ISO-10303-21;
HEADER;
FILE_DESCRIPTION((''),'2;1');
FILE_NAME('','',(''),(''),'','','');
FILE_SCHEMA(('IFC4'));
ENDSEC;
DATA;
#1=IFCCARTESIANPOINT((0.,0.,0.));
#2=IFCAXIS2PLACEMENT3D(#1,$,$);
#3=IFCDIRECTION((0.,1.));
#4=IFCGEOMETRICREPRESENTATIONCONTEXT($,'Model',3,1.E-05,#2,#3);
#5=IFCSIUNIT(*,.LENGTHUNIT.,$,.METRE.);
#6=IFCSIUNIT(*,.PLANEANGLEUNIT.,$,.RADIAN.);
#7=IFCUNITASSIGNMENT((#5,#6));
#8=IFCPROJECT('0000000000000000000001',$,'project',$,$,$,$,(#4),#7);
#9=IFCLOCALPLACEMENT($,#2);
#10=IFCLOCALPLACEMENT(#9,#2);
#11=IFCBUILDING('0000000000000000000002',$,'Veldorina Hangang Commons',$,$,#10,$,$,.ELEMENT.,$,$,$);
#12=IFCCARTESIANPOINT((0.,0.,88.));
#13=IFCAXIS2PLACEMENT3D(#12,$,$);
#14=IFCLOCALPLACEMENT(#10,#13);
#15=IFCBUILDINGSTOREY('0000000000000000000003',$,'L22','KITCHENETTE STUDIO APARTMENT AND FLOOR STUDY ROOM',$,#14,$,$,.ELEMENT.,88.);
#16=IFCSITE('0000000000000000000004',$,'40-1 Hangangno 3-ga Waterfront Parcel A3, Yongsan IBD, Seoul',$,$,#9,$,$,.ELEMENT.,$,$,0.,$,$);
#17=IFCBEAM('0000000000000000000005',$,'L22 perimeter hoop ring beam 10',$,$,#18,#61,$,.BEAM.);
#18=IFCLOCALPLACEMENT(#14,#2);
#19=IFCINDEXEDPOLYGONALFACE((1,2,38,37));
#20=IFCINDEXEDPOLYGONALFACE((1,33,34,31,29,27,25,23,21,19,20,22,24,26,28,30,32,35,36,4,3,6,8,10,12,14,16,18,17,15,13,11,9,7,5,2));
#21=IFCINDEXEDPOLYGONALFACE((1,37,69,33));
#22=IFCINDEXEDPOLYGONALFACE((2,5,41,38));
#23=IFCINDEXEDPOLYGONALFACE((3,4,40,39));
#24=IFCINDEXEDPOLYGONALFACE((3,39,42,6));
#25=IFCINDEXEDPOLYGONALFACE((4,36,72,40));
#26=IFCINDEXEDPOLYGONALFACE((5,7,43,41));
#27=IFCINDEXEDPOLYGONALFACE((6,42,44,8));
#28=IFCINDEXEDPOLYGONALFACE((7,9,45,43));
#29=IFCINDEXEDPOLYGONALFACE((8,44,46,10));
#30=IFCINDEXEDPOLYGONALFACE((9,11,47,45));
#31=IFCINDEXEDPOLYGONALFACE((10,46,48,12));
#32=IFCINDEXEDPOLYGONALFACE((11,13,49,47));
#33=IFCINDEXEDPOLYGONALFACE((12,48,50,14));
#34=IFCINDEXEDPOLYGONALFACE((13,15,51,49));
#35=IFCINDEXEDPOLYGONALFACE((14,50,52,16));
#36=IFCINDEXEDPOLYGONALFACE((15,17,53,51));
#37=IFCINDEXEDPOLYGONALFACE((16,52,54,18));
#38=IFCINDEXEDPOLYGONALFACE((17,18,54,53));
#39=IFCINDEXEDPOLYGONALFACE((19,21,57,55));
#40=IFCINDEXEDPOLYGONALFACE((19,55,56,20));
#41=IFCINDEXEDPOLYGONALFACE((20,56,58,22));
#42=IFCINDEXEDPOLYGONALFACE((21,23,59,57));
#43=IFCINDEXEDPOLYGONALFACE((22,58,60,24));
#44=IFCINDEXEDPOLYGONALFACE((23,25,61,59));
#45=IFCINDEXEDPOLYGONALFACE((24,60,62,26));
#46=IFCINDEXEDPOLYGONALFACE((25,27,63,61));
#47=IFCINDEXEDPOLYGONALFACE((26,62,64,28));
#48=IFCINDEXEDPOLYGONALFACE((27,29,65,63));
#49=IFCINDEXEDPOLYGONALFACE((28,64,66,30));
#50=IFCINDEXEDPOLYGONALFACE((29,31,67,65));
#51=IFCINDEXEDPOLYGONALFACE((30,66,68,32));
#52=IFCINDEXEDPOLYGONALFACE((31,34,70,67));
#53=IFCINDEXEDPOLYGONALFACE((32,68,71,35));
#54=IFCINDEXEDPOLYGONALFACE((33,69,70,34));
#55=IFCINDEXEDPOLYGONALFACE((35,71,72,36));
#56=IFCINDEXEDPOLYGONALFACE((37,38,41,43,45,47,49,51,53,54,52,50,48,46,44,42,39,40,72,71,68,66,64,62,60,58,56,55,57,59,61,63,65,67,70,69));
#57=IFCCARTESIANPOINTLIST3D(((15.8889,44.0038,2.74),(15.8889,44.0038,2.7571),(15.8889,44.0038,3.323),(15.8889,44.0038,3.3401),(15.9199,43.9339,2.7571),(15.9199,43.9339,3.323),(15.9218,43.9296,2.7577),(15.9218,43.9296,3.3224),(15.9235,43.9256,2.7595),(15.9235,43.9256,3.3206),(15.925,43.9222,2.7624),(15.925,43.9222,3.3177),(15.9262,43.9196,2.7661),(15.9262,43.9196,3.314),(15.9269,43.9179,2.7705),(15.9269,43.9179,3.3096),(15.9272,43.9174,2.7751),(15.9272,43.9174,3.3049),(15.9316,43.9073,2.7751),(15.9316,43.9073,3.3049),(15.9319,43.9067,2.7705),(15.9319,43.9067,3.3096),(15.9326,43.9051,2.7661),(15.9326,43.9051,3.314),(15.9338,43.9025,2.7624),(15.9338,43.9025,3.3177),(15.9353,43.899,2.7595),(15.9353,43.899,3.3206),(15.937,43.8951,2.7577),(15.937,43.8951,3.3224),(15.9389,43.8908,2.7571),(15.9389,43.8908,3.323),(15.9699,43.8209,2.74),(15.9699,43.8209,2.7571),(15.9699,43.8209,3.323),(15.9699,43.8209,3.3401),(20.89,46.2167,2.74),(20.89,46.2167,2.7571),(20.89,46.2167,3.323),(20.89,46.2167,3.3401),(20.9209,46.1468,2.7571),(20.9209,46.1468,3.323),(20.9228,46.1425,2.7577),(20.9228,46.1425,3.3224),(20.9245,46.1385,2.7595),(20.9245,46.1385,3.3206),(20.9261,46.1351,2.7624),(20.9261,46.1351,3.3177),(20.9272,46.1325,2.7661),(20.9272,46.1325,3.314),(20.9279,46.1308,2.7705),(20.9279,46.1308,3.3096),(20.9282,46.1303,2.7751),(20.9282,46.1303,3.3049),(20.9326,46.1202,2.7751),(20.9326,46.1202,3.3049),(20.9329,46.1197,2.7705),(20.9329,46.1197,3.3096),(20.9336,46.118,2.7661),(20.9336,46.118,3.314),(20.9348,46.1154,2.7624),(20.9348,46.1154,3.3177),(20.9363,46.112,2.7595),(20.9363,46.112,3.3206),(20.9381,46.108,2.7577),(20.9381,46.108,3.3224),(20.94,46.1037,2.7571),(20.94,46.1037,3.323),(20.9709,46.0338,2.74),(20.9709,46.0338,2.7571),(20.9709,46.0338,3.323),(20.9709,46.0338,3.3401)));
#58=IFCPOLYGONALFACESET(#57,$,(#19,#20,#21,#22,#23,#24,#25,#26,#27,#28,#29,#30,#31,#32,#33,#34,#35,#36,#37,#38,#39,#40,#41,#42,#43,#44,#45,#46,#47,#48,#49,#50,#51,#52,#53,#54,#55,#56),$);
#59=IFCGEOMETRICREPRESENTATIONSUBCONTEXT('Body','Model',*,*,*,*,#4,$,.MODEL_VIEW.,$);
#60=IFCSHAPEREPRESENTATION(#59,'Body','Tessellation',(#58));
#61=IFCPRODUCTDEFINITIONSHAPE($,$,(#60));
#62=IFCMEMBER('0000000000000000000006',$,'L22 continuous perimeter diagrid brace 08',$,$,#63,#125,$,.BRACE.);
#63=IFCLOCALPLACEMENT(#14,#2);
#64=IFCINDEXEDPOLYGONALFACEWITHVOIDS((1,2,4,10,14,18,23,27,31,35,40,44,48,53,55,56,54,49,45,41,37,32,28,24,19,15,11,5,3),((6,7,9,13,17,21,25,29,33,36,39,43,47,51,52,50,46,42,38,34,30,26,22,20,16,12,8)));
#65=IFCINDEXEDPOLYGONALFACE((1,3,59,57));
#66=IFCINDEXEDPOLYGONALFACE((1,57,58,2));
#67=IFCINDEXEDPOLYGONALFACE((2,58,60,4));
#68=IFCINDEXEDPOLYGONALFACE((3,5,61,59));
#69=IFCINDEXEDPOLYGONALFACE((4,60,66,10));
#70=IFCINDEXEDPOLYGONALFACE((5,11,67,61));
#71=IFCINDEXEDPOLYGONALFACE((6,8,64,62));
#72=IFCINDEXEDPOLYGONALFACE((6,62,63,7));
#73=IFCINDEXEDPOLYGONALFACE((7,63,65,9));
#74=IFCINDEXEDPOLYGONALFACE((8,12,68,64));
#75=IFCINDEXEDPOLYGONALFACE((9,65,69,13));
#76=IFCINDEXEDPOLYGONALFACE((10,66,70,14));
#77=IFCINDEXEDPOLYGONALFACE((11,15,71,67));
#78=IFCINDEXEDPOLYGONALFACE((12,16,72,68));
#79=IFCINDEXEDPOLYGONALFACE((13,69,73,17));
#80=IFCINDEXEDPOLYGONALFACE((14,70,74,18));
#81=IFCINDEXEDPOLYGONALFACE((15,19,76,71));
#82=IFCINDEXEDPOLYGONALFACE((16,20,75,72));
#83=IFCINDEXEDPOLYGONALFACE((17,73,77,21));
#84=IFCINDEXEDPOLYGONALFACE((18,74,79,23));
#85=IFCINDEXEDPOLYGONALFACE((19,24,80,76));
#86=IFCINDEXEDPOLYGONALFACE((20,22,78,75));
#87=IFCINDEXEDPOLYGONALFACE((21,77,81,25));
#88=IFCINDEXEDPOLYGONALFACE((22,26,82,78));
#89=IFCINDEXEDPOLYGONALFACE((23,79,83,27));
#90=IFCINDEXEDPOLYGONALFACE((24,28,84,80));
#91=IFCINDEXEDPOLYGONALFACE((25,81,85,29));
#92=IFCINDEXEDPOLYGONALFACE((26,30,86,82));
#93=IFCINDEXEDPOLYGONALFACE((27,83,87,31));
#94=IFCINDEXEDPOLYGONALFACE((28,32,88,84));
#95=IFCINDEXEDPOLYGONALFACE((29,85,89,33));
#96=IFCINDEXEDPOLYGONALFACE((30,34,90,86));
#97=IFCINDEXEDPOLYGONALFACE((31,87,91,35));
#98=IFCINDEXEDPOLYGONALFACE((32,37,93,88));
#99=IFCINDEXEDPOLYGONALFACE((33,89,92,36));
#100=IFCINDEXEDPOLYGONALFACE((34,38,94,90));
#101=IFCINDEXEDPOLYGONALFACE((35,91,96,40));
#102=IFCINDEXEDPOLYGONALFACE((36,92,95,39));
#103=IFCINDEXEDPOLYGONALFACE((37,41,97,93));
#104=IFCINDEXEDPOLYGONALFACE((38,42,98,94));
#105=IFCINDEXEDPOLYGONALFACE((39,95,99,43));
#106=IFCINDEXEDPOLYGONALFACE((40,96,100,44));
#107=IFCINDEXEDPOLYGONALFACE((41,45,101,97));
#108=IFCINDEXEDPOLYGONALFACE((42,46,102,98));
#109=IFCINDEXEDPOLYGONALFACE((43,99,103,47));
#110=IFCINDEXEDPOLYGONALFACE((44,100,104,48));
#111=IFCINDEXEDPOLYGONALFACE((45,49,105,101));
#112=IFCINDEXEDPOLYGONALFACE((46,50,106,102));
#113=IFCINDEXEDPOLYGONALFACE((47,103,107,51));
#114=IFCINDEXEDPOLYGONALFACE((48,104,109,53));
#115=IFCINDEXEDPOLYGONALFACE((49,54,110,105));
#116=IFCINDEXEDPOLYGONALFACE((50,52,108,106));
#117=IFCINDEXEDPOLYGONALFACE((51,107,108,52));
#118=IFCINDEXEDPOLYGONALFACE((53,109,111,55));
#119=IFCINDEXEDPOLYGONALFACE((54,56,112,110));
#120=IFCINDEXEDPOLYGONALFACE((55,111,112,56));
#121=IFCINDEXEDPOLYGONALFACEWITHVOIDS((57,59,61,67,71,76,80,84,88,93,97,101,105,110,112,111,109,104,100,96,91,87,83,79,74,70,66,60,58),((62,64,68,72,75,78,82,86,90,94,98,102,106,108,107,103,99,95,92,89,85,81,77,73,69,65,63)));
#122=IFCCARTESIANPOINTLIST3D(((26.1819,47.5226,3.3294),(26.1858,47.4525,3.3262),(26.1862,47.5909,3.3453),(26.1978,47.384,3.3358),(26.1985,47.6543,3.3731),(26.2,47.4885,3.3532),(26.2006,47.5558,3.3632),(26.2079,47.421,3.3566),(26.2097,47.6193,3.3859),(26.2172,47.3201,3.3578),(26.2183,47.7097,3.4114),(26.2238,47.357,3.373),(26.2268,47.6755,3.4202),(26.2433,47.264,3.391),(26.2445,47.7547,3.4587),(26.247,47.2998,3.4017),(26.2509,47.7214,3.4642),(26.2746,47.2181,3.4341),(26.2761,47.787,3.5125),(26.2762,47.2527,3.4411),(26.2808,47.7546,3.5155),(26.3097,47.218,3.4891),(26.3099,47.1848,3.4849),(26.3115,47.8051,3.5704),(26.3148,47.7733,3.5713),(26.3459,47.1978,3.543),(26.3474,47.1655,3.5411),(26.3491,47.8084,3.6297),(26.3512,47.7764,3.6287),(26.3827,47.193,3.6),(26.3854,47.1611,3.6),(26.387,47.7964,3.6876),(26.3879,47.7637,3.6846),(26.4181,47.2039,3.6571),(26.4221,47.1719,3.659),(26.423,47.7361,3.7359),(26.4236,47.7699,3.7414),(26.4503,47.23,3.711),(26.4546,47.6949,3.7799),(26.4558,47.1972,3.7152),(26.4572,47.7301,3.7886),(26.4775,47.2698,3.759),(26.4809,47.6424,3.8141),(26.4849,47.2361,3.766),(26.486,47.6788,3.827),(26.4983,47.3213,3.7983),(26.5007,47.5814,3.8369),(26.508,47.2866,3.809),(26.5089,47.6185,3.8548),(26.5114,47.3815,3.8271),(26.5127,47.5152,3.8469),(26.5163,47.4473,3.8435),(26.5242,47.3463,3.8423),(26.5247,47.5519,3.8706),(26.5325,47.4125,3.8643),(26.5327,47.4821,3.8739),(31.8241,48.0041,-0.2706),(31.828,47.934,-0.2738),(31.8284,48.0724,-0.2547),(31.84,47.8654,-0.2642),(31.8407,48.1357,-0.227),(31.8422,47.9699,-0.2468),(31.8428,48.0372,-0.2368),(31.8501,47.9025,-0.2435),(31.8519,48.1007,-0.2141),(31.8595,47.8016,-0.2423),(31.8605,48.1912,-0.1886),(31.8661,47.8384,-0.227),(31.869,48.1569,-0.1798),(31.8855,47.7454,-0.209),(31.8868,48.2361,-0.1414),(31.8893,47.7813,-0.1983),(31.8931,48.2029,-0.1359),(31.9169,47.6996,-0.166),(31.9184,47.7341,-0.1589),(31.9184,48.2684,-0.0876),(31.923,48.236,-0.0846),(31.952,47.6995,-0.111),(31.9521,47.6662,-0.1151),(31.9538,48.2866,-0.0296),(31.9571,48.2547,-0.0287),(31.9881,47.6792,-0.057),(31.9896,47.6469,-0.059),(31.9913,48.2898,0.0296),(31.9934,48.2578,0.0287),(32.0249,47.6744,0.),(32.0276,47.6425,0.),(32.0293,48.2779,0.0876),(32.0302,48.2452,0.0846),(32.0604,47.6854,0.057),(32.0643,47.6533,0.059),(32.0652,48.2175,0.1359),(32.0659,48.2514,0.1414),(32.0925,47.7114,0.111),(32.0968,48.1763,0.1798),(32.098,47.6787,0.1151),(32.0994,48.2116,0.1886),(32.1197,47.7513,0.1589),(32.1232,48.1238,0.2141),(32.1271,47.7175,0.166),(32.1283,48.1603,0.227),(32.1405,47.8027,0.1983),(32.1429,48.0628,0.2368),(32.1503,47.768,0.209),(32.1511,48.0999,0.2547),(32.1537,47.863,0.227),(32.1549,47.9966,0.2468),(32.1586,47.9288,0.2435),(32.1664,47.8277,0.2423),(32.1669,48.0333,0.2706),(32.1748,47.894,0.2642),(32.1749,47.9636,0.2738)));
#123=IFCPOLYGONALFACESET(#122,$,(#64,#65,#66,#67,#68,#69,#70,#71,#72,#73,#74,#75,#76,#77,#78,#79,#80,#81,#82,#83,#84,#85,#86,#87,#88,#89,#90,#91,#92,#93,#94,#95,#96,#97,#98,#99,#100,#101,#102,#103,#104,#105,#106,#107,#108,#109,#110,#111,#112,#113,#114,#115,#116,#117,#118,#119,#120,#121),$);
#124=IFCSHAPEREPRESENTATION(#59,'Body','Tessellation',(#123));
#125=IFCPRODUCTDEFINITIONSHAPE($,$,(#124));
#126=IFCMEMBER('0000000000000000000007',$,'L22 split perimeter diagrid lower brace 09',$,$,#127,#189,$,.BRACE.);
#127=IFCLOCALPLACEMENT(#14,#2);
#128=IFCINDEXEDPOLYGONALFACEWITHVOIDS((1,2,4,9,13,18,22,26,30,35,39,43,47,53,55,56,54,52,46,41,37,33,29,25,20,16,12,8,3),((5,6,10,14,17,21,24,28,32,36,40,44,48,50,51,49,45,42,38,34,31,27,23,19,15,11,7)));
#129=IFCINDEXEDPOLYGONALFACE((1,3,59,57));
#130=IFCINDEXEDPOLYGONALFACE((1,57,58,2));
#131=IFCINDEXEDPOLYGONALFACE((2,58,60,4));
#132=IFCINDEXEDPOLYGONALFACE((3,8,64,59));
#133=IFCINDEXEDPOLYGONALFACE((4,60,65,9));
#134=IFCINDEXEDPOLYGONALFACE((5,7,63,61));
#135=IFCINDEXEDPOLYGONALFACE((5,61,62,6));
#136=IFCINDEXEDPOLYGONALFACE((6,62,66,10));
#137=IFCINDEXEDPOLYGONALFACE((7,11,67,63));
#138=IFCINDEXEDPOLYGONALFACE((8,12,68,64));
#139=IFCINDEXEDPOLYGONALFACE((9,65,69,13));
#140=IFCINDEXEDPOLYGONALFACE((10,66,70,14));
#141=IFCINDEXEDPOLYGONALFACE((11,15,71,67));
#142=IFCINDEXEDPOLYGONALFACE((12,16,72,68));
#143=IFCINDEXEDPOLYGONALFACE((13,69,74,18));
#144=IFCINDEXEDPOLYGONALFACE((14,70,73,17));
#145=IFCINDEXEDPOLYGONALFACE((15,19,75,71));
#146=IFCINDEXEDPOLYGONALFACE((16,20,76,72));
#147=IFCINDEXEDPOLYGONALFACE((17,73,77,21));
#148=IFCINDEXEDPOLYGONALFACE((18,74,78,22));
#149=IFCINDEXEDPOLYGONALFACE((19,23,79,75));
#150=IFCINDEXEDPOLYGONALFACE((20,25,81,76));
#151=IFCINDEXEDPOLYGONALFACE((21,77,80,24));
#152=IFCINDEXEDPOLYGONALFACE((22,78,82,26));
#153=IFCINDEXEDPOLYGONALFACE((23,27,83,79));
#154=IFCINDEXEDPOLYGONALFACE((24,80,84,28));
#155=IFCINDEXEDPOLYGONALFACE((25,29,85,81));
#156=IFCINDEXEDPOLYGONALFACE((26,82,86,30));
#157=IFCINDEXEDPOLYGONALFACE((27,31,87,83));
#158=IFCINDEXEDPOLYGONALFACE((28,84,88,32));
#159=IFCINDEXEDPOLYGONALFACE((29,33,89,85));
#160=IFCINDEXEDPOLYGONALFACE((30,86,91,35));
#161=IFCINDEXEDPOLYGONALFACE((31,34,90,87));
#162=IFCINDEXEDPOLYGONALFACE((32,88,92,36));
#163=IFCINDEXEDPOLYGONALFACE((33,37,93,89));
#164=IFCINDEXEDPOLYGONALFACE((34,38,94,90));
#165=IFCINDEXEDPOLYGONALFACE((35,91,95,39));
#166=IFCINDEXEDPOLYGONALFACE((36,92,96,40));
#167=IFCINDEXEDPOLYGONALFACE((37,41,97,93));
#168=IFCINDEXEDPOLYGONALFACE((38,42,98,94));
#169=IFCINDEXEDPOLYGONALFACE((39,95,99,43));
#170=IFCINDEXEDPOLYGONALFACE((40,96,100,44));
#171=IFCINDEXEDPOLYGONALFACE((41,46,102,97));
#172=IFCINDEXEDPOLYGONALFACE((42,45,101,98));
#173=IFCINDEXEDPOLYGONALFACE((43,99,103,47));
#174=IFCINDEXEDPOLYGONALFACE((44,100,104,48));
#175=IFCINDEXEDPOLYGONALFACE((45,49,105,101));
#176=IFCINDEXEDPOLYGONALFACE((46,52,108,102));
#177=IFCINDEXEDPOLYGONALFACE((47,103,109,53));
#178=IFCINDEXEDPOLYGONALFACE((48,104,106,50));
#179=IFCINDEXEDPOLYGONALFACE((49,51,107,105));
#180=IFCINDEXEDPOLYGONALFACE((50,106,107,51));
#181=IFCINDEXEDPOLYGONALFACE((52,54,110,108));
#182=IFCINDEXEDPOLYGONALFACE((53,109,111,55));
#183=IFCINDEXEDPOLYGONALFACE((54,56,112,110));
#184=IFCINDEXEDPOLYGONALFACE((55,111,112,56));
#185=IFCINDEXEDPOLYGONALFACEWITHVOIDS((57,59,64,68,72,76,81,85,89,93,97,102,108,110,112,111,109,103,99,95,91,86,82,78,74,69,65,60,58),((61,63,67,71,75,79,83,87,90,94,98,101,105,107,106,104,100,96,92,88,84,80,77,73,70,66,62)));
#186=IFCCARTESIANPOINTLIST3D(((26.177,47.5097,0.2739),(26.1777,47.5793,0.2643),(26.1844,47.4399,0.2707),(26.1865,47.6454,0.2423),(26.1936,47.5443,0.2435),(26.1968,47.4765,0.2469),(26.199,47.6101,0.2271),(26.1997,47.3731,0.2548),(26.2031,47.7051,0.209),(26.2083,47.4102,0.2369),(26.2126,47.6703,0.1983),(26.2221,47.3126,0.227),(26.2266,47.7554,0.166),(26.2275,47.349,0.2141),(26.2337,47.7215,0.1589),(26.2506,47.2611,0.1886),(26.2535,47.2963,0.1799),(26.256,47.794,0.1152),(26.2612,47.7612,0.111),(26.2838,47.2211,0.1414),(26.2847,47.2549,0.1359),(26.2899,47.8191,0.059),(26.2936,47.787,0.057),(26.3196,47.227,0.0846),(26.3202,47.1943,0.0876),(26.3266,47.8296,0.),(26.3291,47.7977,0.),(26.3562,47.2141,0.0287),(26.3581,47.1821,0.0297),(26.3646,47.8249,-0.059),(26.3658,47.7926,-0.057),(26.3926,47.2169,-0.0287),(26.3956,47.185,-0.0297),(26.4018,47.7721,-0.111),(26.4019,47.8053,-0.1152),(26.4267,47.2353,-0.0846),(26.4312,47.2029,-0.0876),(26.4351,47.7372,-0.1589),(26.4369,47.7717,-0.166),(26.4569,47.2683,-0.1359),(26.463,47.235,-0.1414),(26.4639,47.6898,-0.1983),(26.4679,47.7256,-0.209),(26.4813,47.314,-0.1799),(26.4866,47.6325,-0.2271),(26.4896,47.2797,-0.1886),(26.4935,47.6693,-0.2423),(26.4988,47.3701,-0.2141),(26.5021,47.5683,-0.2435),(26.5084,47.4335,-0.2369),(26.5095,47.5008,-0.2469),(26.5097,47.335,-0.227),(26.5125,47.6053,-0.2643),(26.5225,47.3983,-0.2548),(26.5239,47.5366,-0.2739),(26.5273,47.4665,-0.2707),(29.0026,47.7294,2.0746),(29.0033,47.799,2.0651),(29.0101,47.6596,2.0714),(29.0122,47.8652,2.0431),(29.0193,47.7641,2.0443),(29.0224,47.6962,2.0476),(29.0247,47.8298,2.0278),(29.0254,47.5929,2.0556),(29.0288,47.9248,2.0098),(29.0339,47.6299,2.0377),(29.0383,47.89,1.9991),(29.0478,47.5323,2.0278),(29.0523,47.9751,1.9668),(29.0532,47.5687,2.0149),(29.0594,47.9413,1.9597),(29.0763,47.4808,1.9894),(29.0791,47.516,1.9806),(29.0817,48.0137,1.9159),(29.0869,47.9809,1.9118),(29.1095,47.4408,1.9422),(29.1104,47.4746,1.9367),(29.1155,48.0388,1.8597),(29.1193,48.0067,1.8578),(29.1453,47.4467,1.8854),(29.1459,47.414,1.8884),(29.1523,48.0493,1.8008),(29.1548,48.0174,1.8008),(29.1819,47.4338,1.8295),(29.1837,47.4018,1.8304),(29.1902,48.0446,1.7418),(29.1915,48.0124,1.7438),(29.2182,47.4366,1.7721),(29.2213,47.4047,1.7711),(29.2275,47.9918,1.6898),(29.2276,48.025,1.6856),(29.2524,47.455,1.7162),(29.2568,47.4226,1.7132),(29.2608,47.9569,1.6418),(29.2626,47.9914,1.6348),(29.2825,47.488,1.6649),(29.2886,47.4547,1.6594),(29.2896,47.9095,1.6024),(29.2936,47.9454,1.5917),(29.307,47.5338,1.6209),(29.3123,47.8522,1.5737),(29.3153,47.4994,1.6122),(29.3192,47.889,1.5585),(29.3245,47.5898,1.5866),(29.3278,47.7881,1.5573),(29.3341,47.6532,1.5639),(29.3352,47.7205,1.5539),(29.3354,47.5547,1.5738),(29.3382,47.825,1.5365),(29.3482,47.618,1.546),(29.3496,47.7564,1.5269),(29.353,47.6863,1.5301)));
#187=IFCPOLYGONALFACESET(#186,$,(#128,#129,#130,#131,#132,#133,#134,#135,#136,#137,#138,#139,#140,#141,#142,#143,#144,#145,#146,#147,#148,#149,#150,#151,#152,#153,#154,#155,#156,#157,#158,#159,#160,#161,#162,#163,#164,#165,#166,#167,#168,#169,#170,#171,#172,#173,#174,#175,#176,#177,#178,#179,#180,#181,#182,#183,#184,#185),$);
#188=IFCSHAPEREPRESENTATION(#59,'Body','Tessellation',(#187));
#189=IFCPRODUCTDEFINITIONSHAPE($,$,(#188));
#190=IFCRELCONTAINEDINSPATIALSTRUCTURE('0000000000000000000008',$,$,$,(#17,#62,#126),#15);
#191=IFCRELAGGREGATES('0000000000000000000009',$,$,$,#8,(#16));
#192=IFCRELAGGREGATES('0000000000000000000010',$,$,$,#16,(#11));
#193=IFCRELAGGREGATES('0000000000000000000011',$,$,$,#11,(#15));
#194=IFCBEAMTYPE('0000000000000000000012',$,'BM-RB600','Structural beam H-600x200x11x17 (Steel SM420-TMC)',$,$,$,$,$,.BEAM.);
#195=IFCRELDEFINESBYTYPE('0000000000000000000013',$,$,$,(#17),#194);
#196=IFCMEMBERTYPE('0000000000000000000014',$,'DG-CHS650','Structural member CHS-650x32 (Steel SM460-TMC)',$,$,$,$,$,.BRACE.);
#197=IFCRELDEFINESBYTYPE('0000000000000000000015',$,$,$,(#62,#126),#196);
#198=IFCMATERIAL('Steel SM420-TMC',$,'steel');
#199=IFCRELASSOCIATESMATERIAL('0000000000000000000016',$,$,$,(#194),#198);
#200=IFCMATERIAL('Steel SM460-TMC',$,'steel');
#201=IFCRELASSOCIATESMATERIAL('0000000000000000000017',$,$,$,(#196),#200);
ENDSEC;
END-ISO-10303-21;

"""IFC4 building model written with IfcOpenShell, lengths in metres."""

from ifc_helpers import new_model, si_unit, direction, frame, origin, origin_2d, place, context, subcontext, project, spatial, hollow_circle, i_section, extrude, material, material_profile, profile_set, type_object, element, save


model = new_model("IFC4")

# Units and contexts
model_context = context("Model", 3, precision=1e-05, world=origin(), true_north=direction((0.0, 1.0)))
body_context = subcontext(model_context, "Body", "Model", "MODEL_VIEW")
ifc_project = project(units=[si_unit("LENGTHUNIT", "METRE"), si_unit("PLANEANGLEUNIT", "RADIAN")], contexts=[model_context])

# Site, building, storey
site_placement = place(None, origin())
site = spatial("IfcSite", under=ifc_project, at=site_placement, Name="40-1 Hangangno 3-ga Waterfront Parcel A3, Yongsan IBD, Seoul", CompositionType="ELEMENT", RefElevation=0.0)
building_placement = place(site_placement, origin())
building = spatial("IfcBuilding", under=site, at=building_placement, Name="Veldorina Hangang Commons", CompositionType="ELEMENT")
storey_placement = place(building_placement, frame((0.0, 0.0, 88.0)))
storey = spatial("IfcBuildingStorey", under=building, at=storey_placement, Name="L22", Description="KITCHENETTE STUDIO APARTMENT AND FLOOR STUDY ROOM", CompositionType="ELEMENT", Elevation=88.0)

# Beam
ifc_material_1 = material(Name="Steel SM420-TMC", Category="steel")
ifc_material_profile_1 = material_profile(ifc_material_1, i_section(OverallWidth=0.2, OverallDepth=0.6001, WebThickness=0.011, FlangeThickness=0.0171, FilletRadius=0.0181, at=origin_2d()), Name="H-600x200x11x17")
ifc_profile_set_1 = profile_set([ifc_material_profile_1], Name="Steel SM420-TMC")
beam_type_1 = type_object("IfcBeamType", Name="BM-RB600", Description="Structural beam H-600x200x11x17 (Steel SM420-TMC)", PredefinedType="BEAM", material=ifc_profile_set_1)
beam_1_placement = place(storey_placement, frame((20.9304, 46.1252, 3.04), z_axis=(-0.914473, -0.404647, 0.0), x_axis=(0.404647, -0.914473, 0.0)))
element("IfcBeam", 1, at=beam_1_placement, inside=storey, type_object=beam_type_1, Name="L22 perimeter hoop ring beam 10", PredefinedType="BEAM", context=body_context, shape_type="SweptSolid", body=[
    extrude(i_section(OverallWidth=0.2, OverallDepth=0.6001, WebThickness=0.011, FlangeThickness=0.0171, FilletRadius=0.0181, at=origin_2d()), origin(), (0.0, 0.0, 1.0), 5.4688),
])

# Members
ifc_material_2 = material(Name="Steel SM460-TMC", Category="steel")
ifc_material_profile_2 = material_profile(ifc_material_2, hollow_circle(Radius=0.325, WallThickness=0.032, at=origin_2d()), Name="CHS-650x32")
ifc_profile_set_2 = profile_set([ifc_material_profile_2], Name="Steel SM460-TMC")
member_type = type_object("IfcMemberType", Name="DG-CHS650", Description="Structural member CHS-650x32 (Steel SM460-TMC)", PredefinedType="BRACE", material=ifc_profile_set_2)
member_1_placement = place(storey_placement, frame((32.0, 47.9663, 0.0), z_axis=(-0.840844, -0.071747, 0.536501), x_axis=(0.085018, -0.996379, 0.0)))
element("IfcMember", 2, at=member_1_placement, inside=storey, type_object=member_type, Name="L22 continuous perimeter diagrid brace 08", PredefinedType="BRACE", context=body_context, shape_type="SweptSolid", body=[
    extrude(hollow_circle(Radius=0.325, WallThickness=0.032, at=origin_2d()), origin(), (0.0, 0.0, 1.0), 6.7102),
])
member_2_placement = place(storey_placement, frame((26.3518, 47.5056, 0.0), z_axis=(0.8415, 0.065435, 0.53628), x_axis=(-0.077526, 0.99699, 0.0)))
element("IfcMember", 3, at=member_2_placement, inside=storey, type_object=member_type, Name="L22 split perimeter diagrid lower brace 09", PredefinedType="BRACE", context=body_context, shape_type="SweptSolid", body=[
    extrude(hollow_circle(Radius=0.325, WallThickness=0.032, at=origin_2d()), origin(), (0.0, 0.0, 1.0), 3.3579),
])

save(model, "model.ifc")
